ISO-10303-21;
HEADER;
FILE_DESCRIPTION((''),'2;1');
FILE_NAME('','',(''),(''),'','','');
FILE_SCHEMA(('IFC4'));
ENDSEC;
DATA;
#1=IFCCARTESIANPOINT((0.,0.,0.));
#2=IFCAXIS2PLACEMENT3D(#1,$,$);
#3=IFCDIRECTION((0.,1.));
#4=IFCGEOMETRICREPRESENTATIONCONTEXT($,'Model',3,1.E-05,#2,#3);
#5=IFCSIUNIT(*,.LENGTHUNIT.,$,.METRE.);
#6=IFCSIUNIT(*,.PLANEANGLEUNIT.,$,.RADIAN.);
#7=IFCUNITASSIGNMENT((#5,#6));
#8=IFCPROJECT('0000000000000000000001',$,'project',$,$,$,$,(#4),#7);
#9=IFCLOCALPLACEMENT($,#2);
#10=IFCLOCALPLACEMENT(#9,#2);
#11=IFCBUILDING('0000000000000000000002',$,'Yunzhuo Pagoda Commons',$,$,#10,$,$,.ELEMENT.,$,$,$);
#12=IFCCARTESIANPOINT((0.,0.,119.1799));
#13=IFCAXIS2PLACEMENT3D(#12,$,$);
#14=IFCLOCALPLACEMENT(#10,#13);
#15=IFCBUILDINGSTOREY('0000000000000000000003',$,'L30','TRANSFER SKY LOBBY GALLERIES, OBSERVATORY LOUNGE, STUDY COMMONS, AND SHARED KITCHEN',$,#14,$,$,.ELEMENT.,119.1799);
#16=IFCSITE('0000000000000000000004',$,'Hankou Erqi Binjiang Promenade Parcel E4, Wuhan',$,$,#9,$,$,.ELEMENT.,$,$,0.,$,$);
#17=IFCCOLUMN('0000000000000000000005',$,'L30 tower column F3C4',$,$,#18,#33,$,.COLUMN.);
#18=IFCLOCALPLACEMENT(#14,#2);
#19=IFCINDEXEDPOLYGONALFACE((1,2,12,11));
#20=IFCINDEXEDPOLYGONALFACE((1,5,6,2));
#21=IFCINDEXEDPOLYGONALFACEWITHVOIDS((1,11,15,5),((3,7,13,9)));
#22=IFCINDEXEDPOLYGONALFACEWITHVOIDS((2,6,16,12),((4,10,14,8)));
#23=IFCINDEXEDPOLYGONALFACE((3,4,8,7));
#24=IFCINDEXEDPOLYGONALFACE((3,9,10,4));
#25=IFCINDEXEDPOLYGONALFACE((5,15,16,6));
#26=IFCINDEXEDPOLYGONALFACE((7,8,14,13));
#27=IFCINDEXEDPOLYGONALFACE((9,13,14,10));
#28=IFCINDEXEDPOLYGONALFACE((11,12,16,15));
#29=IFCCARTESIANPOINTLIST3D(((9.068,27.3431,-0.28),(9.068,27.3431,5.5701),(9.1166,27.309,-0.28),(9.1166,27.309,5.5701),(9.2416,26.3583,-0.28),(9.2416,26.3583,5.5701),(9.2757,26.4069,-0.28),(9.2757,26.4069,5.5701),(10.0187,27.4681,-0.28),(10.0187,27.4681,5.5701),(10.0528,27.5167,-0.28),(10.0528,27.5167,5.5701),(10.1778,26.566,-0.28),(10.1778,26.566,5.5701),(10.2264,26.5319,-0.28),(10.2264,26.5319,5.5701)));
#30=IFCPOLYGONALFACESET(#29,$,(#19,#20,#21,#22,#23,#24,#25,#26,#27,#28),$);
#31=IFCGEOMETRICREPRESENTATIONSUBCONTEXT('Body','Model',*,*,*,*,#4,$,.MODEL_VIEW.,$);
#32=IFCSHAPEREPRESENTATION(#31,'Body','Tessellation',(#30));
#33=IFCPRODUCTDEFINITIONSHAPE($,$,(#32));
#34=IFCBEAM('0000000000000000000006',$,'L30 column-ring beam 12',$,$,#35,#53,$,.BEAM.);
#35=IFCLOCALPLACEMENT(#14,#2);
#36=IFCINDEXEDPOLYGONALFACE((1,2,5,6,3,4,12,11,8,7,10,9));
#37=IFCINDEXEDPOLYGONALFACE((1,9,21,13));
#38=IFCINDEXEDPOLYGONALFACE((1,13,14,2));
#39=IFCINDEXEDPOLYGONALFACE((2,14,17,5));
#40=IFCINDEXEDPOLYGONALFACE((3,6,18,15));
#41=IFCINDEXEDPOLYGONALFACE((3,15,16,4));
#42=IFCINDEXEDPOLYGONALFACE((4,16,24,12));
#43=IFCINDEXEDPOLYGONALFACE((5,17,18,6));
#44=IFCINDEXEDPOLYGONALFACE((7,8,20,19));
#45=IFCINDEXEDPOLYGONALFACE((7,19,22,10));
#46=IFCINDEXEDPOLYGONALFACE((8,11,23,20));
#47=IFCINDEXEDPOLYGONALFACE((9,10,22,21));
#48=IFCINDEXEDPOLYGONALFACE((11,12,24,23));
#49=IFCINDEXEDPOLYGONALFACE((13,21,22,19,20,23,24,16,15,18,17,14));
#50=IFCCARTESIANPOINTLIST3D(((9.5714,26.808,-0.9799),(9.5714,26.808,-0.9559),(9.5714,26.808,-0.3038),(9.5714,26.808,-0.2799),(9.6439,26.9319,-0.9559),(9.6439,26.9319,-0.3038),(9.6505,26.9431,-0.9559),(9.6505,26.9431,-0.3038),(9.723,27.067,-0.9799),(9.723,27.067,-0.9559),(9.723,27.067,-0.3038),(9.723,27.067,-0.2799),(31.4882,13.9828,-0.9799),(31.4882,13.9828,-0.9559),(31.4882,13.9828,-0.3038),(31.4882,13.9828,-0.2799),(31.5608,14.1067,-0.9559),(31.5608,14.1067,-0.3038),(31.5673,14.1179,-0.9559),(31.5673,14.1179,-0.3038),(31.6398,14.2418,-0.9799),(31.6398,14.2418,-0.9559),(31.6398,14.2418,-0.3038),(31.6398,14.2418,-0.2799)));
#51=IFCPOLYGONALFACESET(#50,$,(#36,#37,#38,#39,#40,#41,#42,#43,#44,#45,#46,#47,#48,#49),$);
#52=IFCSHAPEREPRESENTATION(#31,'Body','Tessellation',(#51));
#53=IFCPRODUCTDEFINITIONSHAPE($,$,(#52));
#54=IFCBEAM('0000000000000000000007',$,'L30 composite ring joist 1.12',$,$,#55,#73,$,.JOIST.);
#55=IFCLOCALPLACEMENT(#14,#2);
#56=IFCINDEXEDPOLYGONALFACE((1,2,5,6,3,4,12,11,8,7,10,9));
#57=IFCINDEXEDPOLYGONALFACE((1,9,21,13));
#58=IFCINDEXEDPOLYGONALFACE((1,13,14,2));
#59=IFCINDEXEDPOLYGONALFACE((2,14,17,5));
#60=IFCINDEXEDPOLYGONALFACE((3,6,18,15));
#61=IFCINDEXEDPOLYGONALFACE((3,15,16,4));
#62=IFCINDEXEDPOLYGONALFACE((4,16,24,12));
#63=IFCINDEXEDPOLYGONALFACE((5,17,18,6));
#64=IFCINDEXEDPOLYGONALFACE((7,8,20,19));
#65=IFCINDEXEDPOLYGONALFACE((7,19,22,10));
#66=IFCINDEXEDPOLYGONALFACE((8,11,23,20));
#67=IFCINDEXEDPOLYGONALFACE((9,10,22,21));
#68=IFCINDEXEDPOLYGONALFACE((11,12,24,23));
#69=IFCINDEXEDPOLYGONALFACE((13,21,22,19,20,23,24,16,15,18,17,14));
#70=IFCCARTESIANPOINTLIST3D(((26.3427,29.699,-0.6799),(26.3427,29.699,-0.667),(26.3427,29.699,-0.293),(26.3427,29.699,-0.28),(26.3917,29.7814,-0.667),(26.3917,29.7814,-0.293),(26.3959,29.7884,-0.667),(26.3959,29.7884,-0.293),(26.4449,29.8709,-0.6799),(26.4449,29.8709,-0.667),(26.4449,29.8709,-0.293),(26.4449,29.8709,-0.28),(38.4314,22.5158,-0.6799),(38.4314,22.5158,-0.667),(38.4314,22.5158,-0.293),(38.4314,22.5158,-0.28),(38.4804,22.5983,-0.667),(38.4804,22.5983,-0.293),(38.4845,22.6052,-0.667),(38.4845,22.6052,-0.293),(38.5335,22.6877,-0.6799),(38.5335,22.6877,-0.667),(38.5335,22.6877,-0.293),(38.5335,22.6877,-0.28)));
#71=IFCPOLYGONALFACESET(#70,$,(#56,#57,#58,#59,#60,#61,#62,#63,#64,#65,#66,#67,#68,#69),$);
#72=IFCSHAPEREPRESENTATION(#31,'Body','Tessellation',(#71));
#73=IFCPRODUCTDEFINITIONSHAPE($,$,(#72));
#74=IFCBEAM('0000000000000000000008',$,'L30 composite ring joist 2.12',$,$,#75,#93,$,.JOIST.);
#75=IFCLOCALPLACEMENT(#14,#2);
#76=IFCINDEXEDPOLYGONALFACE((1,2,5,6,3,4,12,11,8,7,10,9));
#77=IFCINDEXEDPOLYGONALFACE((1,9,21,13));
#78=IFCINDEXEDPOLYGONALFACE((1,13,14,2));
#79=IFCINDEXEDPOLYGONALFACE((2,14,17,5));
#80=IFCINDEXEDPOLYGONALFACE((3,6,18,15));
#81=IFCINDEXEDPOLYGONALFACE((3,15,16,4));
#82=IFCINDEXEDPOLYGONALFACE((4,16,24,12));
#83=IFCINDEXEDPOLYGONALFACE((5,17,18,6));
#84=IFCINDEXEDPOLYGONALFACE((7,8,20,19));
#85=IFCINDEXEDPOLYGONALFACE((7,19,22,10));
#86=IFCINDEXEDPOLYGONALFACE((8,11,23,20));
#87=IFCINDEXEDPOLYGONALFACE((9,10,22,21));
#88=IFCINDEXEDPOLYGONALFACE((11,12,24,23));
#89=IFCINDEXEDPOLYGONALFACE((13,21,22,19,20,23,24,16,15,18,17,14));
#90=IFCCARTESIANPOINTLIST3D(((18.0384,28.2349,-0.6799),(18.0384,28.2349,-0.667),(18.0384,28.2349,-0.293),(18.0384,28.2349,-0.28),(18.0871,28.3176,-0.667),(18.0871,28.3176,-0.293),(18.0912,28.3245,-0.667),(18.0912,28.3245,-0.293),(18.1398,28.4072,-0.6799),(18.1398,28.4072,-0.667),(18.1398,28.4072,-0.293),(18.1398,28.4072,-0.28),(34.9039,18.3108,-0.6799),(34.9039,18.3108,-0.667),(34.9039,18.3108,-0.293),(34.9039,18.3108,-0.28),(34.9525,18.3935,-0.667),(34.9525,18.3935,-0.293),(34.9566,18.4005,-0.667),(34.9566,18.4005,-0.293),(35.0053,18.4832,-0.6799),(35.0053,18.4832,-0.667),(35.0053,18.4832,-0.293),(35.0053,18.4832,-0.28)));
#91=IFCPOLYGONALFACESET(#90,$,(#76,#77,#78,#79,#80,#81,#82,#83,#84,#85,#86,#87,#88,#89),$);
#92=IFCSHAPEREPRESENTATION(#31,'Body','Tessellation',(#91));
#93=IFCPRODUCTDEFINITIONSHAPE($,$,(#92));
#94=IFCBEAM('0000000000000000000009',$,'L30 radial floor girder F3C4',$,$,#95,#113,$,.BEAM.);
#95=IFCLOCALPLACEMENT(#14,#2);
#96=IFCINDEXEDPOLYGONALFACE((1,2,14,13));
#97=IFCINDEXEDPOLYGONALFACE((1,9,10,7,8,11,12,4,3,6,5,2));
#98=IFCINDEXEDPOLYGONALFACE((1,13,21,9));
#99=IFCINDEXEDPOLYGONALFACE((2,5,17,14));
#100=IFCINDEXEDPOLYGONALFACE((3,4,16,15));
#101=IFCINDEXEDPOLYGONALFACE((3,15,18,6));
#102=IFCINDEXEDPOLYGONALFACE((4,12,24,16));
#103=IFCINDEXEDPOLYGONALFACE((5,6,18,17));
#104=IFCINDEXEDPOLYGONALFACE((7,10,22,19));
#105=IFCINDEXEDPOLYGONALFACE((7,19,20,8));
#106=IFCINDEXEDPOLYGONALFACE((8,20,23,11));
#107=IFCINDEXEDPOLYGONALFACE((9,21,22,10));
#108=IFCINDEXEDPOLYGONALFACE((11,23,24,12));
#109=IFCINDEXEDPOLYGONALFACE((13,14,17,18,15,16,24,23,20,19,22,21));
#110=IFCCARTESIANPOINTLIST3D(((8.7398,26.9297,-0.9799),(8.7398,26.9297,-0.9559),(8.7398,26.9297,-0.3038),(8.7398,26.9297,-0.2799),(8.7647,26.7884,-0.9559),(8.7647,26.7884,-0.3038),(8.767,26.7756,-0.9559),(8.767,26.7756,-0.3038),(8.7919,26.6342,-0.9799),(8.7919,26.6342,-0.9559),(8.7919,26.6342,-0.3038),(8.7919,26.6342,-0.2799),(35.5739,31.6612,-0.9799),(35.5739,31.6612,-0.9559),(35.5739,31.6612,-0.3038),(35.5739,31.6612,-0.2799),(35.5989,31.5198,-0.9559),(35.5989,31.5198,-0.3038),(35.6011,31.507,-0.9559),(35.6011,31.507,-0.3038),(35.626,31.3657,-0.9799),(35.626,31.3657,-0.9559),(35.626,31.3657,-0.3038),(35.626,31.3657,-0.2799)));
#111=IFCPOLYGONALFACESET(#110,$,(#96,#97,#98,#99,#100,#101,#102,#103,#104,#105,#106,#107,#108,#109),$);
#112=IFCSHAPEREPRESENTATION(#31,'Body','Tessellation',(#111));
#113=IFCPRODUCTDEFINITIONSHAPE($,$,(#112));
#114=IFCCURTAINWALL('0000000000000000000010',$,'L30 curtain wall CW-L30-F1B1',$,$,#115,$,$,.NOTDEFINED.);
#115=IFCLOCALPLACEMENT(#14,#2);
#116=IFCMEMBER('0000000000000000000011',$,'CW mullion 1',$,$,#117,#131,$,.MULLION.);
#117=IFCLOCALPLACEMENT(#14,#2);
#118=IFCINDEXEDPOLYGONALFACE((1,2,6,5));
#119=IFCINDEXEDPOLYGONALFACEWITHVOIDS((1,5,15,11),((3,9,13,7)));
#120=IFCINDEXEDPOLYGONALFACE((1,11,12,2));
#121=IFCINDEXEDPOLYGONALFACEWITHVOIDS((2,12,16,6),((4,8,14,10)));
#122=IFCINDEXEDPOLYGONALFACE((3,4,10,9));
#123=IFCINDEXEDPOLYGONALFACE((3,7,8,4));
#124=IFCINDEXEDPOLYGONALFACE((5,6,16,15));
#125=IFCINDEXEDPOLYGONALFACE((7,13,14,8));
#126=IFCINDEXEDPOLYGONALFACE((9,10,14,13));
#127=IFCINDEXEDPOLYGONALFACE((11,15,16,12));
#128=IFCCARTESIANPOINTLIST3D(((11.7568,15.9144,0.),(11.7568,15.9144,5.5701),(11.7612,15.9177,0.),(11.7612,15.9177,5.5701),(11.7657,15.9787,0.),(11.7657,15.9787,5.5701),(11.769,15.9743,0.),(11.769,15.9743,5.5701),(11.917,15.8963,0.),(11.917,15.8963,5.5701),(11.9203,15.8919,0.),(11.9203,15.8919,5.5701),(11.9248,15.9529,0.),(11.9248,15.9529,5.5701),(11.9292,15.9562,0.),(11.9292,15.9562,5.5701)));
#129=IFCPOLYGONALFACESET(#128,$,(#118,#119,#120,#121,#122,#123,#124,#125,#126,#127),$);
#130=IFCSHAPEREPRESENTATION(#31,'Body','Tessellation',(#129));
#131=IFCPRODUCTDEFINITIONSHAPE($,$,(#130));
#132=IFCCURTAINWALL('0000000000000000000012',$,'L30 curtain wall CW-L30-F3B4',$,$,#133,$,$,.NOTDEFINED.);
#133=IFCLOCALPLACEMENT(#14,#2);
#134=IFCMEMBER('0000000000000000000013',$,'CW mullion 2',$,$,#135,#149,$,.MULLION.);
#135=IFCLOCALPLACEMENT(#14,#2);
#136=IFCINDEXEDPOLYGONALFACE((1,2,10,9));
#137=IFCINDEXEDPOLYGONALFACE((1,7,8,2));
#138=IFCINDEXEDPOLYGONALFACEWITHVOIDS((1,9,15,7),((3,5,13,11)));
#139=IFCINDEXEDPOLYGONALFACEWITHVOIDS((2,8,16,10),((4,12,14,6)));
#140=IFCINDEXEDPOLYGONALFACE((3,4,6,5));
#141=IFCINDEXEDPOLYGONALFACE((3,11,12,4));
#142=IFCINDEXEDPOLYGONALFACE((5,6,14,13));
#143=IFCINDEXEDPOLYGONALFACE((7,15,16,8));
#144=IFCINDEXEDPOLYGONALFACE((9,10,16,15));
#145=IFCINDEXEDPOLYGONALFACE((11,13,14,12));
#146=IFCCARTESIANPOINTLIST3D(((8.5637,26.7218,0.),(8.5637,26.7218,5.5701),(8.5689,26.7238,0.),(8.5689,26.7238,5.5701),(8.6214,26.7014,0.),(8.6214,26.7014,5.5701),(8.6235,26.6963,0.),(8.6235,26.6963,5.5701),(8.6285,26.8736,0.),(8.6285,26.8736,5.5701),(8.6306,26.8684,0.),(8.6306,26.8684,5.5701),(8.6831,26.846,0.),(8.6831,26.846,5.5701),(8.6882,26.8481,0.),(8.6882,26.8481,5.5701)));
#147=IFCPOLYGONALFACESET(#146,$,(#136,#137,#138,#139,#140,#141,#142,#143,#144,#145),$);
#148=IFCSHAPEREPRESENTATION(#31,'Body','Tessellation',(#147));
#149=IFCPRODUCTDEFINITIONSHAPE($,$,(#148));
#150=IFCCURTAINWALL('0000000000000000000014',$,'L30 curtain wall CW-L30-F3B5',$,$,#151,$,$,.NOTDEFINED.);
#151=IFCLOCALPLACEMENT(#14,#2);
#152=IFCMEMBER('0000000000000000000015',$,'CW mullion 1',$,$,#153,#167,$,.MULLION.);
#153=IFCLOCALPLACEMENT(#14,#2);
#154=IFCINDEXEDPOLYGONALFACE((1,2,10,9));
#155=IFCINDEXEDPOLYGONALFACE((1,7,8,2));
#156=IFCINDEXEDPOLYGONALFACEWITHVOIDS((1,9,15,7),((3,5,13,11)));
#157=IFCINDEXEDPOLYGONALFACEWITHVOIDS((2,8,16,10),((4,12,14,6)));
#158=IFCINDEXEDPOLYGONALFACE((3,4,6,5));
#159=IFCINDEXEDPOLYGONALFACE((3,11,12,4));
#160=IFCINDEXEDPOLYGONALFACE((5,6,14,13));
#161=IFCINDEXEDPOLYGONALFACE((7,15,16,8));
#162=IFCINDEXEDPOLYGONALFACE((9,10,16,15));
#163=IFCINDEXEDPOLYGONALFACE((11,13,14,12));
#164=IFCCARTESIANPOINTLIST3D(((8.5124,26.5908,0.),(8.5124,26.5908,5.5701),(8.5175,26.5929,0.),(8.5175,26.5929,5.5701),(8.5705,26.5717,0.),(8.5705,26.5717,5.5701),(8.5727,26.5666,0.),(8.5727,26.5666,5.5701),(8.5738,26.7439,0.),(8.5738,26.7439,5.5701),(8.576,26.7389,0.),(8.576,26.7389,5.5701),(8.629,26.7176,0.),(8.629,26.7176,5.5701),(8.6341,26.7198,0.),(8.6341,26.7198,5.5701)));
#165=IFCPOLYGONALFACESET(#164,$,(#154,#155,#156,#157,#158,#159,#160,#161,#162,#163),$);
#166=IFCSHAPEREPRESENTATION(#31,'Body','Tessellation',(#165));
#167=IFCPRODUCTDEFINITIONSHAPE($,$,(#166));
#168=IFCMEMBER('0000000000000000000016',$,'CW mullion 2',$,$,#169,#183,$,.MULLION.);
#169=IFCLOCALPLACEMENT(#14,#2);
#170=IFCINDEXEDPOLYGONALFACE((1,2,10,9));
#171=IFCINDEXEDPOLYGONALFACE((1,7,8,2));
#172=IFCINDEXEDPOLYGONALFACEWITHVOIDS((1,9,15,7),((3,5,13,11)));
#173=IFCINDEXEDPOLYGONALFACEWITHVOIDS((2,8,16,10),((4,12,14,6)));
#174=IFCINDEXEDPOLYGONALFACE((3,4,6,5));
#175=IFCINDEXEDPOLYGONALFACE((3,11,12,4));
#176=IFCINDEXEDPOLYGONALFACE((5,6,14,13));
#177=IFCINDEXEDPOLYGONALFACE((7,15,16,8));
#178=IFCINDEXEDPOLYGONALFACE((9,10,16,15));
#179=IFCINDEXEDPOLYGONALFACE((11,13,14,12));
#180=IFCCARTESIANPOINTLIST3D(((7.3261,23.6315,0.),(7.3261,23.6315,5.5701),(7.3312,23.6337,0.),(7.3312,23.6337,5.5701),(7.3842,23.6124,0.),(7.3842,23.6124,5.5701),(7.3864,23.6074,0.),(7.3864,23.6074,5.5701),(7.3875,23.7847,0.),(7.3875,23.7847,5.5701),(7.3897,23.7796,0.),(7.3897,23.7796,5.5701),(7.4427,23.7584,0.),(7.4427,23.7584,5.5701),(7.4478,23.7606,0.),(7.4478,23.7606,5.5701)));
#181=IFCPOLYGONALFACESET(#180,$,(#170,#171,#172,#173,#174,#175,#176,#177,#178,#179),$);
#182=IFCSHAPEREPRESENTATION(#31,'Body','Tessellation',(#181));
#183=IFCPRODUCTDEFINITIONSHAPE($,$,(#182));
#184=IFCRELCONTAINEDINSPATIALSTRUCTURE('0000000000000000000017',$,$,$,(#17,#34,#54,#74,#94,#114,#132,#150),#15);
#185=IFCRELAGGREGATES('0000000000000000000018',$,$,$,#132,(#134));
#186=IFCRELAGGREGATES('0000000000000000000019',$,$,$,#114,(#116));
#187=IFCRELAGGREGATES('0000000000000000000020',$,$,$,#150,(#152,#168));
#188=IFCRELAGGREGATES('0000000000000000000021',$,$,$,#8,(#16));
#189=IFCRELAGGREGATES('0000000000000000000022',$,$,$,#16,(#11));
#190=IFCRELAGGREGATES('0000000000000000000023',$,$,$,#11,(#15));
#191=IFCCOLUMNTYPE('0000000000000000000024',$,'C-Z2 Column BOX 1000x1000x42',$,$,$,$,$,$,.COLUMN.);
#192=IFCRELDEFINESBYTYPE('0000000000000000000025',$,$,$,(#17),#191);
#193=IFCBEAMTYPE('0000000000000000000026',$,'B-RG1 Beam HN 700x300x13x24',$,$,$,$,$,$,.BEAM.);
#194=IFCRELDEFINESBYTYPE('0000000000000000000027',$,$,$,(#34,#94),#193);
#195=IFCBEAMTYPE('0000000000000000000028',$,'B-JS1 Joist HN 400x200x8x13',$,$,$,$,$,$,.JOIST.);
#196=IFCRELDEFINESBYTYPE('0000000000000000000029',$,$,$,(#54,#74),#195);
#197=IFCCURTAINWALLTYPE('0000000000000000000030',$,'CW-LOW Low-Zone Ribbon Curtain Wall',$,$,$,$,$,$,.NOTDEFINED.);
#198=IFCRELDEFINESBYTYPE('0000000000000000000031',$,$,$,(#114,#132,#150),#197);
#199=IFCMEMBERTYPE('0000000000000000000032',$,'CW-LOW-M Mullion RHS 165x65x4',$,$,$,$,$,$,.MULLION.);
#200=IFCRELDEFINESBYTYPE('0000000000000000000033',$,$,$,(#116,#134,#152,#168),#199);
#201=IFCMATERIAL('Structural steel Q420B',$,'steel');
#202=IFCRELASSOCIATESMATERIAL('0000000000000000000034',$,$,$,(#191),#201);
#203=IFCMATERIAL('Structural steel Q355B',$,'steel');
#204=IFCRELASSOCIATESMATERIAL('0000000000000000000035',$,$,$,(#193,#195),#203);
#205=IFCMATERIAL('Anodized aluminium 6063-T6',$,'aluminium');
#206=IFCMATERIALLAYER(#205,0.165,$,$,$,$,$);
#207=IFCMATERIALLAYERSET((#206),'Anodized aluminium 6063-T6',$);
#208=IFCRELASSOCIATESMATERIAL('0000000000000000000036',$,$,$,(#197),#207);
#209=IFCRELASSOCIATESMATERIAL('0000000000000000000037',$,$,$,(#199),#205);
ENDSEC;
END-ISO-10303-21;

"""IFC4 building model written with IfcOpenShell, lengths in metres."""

from ifc_helpers import new_model, si_unit, direction, frame, origin, origin_2d, place, context, subcontext, project, spatial, hollow_rectangle, i_section, extrude, source, transform, mapped, material, layer, layer_set, material_profile, profile_set, type_object, element, aggregate, save


model = new_model("IFC4")

# Units and contexts
model_context = context("Model", 3, precision=1e-05, world=origin(), true_north=direction((0.0, 1.0)))
body_context = subcontext(model_context, "Body", "Model", "MODEL_VIEW")
ifc_project = project(units=[si_unit("LENGTHUNIT", "METRE"), si_unit("PLANEANGLEUNIT", "RADIAN")], contexts=[model_context])

# Site, building, storey
site_placement = place(None, origin())
site = spatial("IfcSite", under=ifc_project, at=site_placement, Name="Hankou Erqi Binjiang Promenade Parcel E4, Wuhan", CompositionType="ELEMENT", RefElevation=0.0)
building_placement = place(site_placement, origin())
building = spatial("IfcBuilding", under=site, at=building_placement, Name="Yunzhuo Pagoda Commons", CompositionType="ELEMENT")
storey_placement = place(building_placement, frame((0.0, 0.0, 119.1799)))
storey = spatial("IfcBuildingStorey", under=building, at=storey_placement, Name="L30", Description="TRANSFER SKY LOBBY GALLERIES, OBSERVATORY LOUNGE, STUDY COMMONS, AND SHARED KITCHEN", CompositionType="ELEMENT", Elevation=119.1799)

# Column
ifc_material_1 = material(Name="Structural steel Q420B", Category="steel")
ifc_material_profile_1 = material_profile(ifc_material_1, hollow_rectangle(XDim=1.0, YDim=1.0, WallThickness=0.042, at=origin_2d()), Name="Structural steel Q420B")
ifc_profile_set_1 = profile_set([ifc_material_profile_1], Name="Structural steel Q420B")
column_type = type_object("IfcColumnType", Name="C-Z2 Column BOX 1000x1000x42", PredefinedType="COLUMN", material=ifc_profile_set_1)
shared_shape_1 = source(origin(), body_context, "Body", "SweptSolid", [
    extrude(hollow_rectangle(XDim=1.0, YDim=1.0, WallThickness=0.042, at=origin_2d()), origin(), (0.0, 0.0, 1.0), 5.8501),
])
column_placement = place(storey_placement, frame((9.6472, 26.9375, -0.28), z_axis=(0.0, 0.0, 1.0), x_axis=(0.173648, -0.984808, 0.0)))
element("IfcColumn", 1, at=column_placement, inside=storey, type_object=column_type, Name="L30 tower column F3C4", PredefinedType="COLUMN", context=body_context, shape_type="MappedRepresentation", body=[
    mapped(shared_shape_1, transform((0.0, 0.0, 0.0), scale=1.0)),
])

# Beams
ifc_material_2 = material(Name="Structural steel Q355B", Category="steel")
ifc_material_profile_2 = material_profile(ifc_material_2, i_section(OverallWidth=0.3, OverallDepth=0.7, WebThickness=0.0129, FlangeThickness=0.0239, at=origin_2d()), Name="Structural steel Q355B")
ifc_profile_set_2 = profile_set([ifc_material_profile_2], Name="Structural steel Q355B")
beam_type_1 = type_object("IfcBeamType", Name="B-RG1 Beam HN 700x300x13x24", PredefinedType="BEAM", material=ifc_profile_set_2)
shared_shape_2 = source(origin(), body_context, "Body", "SweptSolid", [
    extrude(i_section(OverallWidth=0.3, OverallDepth=0.7, WebThickness=0.0129, FlangeThickness=0.0239, at=origin_2d()), origin(), (0.0, 0.0, 1.0), 25.3936),
])
beam_1_placement = place(storey_placement, frame((9.6472, 26.9375, -0.6299), z_axis=(0.863085, -0.505058, 0.0), x_axis=(0.505058, 0.863085, 0.0)))
element("IfcBeam", 2, at=beam_1_placement, inside=storey, type_object=beam_type_1, Name="L30 column-ring beam 12", PredefinedType="BEAM", context=body_context, shape_type="MappedRepresentation", body=[
    mapped(shared_shape_2, transform((0.0, 0.0, 0.0), scale=1.0)),
])
ifc_material_profile_3 = material_profile(ifc_material_2, i_section(OverallWidth=0.2, OverallDepth=0.3999, WebThickness=0.0081, FlangeThickness=0.0129, at=origin_2d()), Name="Structural steel Q355B")
ifc_profile_set_3 = profile_set([ifc_material_profile_3], Name="Structural steel Q355B")
beam_type_2 = type_object("IfcBeamType", Name="B-JS1 Joist HN 400x200x8x13", PredefinedType="JOIST", material=ifc_profile_set_3)
shared_shape_3 = source(origin(), body_context, "Body", "SweptSolid", [
    extrude(i_section(OverallWidth=0.2, OverallDepth=0.3999, WebThickness=0.0081, FlangeThickness=0.0129, at=origin_2d()), origin(), (0.0, 0.0, 1.0), 14.0618),
])
beam_2_placement = place(storey_placement, frame((26.3938, 29.7849, -0.48), z_axis=(0.859683, -0.510827, 0.0), x_axis=(0.510827, 0.859683, 0.0)))
element("IfcBeam", 3, at=beam_2_placement, inside=storey, type_object=beam_type_2, Name="L30 composite ring joist 1.12", PredefinedType="JOIST", context=body_context, shape_type="MappedRepresentation", body=[
    mapped(shared_shape_3, transform((0.0, 0.0, 0.0), scale=1.0)),
])
shared_shape_4 = source(origin(), body_context, "Body", "SweptSolid", [
    extrude(i_section(OverallWidth=0.2, OverallDepth=0.3999, WebThickness=0.0081, FlangeThickness=0.0129, at=origin_2d()), origin(), (0.0, 0.0, 1.0), 19.5686),
])
beam_3_placement = place(storey_placement, frame((18.0891, 28.321, -0.48), z_axis=(0.861863, -0.507142, 0.0), x_axis=(0.507142, 0.861863, 0.0)))
element("IfcBeam", 4, at=beam_3_placement, inside=storey, type_object=beam_type_2, Name="L30 composite ring joist 2.12", PredefinedType="JOIST", context=body_context, shape_type="MappedRepresentation", body=[
    mapped(shared_shape_4, transform((0.0, 0.0, 0.0), scale=1.0)),
])
shared_shape_5 = source(origin(), body_context, "Body", "SweptSolid", [
    extrude(i_section(OverallWidth=0.3, OverallDepth=0.7, WebThickness=0.0129, FlangeThickness=0.0239, at=origin_2d()), origin(), (0.0, 0.0, 1.0), 27.248),
])
beam_4_placement = place(storey_placement, frame((8.7659, 26.782, -0.6299), z_axis=(0.984809, 0.173643, 0.0), x_axis=(-0.173643, 0.984809, 0.0)))
element("IfcBeam", 5, at=beam_4_placement, inside=storey, type_object=beam_type_1, Name="L30 radial floor girder F3C4", PredefinedType="BEAM", context=body_context, shape_type="MappedRepresentation", body=[
    mapped(shared_shape_5, transform((0.0, 0.0, 0.0), scale=1.0)),
])

# Curtain walls, members
ifc_material_3 = material(Name="Anodized aluminium 6063-T6", Category="aluminium")
ifc_layer_1 = layer(ifc_material_3, 0.165)
ifc_layer_set_1 = layer_set([ifc_layer_1], Name="Anodized aluminium 6063-T6")
curtain_wall_type = type_object("IfcCurtainWallType", Name="CW-LOW Low-Zone Ribbon Curtain Wall", PredefinedType="NOTDEFINED", material=ifc_layer_set_1)
curtain_wall_1_placement = place(storey_placement, origin())
curtain_wall_1 = element("IfcCurtainWall", 6, at=curtain_wall_1_placement, inside=storey, type_object=curtain_wall_type, Name="L30 curtain wall CW-L30-F1B1", PredefinedType="NOTDEFINED")
ifc_material_profile_4 = material_profile(ifc_material_3, hollow_rectangle(XDim=0.0649, YDim=0.165, WallThickness=0.0039, at=origin_2d()), Name="Anodized aluminium 6063-T6")
ifc_profile_set_4 = profile_set([ifc_material_profile_4], Name="Anodized aluminium 6063-T6")
member_type_1 = type_object("IfcMemberType", Name="CW-LOW-M Mullion RHS 165x65x4", PredefinedType="MULLION", material=ifc_profile_set_4)
shared_shape_6 = source(origin(), body_context, "Body", "SweptSolid", [
    extrude(hollow_rectangle(XDim=0.0649, YDim=0.165, WallThickness=0.0039, at=origin_2d()), origin(), (0.0, 0.0, 1.0), 5.5701),
])
member_1_placement = place(storey_placement, frame((11.843, 15.9353, 0.0), z_axis=(0.0, 0.0, 1.0), x_axis=(0.136657, 0.990618, 0.0)))
member_1 = element("IfcMember", 7, at=member_1_placement, type_object=member_type_1, Name="CW mullion 1", PredefinedType="MULLION", context=body_context, shape_type="MappedRepresentation", body=[
    mapped(shared_shape_6, transform((0.0, 0.0, 0.0), scale=1.0)),
])
curtain_wall_2_placement = place(storey_placement, origin())
curtain_wall_2 = element("IfcCurtainWall", 8, at=curtain_wall_2_placement, inside=storey, type_object=curtain_wall_type, Name="L30 curtain wall CW-L30-F3B4", PredefinedType="NOTDEFINED")
member_2_placement = place(storey_placement, frame((8.626, 26.7849, 0.0), z_axis=(0.0, 0.0, 1.0), x_axis=(0.919788, -0.392415, 0.0)))
member_2 = element("IfcMember", 9, at=member_2_placement, type_object=member_type_1, Name="CW mullion 2", PredefinedType="MULLION", context=body_context, shape_type="MappedRepresentation", body=[
    mapped(shared_shape_6, transform((0.0, 0.0, 0.0), scale=1.0)),
])

# Curtain wall, members
curtain_wall_3_placement = place(storey_placement, origin())
curtain_wall_3 = element("IfcCurtainWall", 10, at=curtain_wall_3_placement, inside=storey, type_object=curtain_wall_type, Name="L30 curtain wall CW-L30-F3B5", PredefinedType="NOTDEFINED")
member_3_placement = place(storey_placement, frame((8.5732, 26.6553, 0.0), z_axis=(0.0, 0.0, 1.0), x_axis=(0.92819, -0.372106, 0.0)))
member_3 = element("IfcMember", 11, at=member_3_placement, type_object=member_type_1, Name="CW mullion 1", PredefinedType="MULLION", context=body_context, shape_type="MappedRepresentation", body=[
    mapped(shared_shape_6, transform((0.0, 0.0, 0.0), scale=1.0)),
])
member_4_placement = place(storey_placement, frame((7.387, 23.696, 0.0), z_axis=(0.0, 0.0, 1.0), x_axis=(0.92819, -0.372106, 0.0)))
member_4 = element("IfcMember", 12, at=member_4_placement, type_object=member_type_1, Name="CW mullion 2", PredefinedType="MULLION", context=body_context, shape_type="MappedRepresentation", body=[
    mapped(shared_shape_6, transform((0.0, 0.0, 0.0), scale=1.0)),
])

aggregate(curtain_wall_2, [member_2])
aggregate(curtain_wall_1, [member_1])
aggregate(curtain_wall_3, [member_3, member_4])

save(model, "model.ifc")
